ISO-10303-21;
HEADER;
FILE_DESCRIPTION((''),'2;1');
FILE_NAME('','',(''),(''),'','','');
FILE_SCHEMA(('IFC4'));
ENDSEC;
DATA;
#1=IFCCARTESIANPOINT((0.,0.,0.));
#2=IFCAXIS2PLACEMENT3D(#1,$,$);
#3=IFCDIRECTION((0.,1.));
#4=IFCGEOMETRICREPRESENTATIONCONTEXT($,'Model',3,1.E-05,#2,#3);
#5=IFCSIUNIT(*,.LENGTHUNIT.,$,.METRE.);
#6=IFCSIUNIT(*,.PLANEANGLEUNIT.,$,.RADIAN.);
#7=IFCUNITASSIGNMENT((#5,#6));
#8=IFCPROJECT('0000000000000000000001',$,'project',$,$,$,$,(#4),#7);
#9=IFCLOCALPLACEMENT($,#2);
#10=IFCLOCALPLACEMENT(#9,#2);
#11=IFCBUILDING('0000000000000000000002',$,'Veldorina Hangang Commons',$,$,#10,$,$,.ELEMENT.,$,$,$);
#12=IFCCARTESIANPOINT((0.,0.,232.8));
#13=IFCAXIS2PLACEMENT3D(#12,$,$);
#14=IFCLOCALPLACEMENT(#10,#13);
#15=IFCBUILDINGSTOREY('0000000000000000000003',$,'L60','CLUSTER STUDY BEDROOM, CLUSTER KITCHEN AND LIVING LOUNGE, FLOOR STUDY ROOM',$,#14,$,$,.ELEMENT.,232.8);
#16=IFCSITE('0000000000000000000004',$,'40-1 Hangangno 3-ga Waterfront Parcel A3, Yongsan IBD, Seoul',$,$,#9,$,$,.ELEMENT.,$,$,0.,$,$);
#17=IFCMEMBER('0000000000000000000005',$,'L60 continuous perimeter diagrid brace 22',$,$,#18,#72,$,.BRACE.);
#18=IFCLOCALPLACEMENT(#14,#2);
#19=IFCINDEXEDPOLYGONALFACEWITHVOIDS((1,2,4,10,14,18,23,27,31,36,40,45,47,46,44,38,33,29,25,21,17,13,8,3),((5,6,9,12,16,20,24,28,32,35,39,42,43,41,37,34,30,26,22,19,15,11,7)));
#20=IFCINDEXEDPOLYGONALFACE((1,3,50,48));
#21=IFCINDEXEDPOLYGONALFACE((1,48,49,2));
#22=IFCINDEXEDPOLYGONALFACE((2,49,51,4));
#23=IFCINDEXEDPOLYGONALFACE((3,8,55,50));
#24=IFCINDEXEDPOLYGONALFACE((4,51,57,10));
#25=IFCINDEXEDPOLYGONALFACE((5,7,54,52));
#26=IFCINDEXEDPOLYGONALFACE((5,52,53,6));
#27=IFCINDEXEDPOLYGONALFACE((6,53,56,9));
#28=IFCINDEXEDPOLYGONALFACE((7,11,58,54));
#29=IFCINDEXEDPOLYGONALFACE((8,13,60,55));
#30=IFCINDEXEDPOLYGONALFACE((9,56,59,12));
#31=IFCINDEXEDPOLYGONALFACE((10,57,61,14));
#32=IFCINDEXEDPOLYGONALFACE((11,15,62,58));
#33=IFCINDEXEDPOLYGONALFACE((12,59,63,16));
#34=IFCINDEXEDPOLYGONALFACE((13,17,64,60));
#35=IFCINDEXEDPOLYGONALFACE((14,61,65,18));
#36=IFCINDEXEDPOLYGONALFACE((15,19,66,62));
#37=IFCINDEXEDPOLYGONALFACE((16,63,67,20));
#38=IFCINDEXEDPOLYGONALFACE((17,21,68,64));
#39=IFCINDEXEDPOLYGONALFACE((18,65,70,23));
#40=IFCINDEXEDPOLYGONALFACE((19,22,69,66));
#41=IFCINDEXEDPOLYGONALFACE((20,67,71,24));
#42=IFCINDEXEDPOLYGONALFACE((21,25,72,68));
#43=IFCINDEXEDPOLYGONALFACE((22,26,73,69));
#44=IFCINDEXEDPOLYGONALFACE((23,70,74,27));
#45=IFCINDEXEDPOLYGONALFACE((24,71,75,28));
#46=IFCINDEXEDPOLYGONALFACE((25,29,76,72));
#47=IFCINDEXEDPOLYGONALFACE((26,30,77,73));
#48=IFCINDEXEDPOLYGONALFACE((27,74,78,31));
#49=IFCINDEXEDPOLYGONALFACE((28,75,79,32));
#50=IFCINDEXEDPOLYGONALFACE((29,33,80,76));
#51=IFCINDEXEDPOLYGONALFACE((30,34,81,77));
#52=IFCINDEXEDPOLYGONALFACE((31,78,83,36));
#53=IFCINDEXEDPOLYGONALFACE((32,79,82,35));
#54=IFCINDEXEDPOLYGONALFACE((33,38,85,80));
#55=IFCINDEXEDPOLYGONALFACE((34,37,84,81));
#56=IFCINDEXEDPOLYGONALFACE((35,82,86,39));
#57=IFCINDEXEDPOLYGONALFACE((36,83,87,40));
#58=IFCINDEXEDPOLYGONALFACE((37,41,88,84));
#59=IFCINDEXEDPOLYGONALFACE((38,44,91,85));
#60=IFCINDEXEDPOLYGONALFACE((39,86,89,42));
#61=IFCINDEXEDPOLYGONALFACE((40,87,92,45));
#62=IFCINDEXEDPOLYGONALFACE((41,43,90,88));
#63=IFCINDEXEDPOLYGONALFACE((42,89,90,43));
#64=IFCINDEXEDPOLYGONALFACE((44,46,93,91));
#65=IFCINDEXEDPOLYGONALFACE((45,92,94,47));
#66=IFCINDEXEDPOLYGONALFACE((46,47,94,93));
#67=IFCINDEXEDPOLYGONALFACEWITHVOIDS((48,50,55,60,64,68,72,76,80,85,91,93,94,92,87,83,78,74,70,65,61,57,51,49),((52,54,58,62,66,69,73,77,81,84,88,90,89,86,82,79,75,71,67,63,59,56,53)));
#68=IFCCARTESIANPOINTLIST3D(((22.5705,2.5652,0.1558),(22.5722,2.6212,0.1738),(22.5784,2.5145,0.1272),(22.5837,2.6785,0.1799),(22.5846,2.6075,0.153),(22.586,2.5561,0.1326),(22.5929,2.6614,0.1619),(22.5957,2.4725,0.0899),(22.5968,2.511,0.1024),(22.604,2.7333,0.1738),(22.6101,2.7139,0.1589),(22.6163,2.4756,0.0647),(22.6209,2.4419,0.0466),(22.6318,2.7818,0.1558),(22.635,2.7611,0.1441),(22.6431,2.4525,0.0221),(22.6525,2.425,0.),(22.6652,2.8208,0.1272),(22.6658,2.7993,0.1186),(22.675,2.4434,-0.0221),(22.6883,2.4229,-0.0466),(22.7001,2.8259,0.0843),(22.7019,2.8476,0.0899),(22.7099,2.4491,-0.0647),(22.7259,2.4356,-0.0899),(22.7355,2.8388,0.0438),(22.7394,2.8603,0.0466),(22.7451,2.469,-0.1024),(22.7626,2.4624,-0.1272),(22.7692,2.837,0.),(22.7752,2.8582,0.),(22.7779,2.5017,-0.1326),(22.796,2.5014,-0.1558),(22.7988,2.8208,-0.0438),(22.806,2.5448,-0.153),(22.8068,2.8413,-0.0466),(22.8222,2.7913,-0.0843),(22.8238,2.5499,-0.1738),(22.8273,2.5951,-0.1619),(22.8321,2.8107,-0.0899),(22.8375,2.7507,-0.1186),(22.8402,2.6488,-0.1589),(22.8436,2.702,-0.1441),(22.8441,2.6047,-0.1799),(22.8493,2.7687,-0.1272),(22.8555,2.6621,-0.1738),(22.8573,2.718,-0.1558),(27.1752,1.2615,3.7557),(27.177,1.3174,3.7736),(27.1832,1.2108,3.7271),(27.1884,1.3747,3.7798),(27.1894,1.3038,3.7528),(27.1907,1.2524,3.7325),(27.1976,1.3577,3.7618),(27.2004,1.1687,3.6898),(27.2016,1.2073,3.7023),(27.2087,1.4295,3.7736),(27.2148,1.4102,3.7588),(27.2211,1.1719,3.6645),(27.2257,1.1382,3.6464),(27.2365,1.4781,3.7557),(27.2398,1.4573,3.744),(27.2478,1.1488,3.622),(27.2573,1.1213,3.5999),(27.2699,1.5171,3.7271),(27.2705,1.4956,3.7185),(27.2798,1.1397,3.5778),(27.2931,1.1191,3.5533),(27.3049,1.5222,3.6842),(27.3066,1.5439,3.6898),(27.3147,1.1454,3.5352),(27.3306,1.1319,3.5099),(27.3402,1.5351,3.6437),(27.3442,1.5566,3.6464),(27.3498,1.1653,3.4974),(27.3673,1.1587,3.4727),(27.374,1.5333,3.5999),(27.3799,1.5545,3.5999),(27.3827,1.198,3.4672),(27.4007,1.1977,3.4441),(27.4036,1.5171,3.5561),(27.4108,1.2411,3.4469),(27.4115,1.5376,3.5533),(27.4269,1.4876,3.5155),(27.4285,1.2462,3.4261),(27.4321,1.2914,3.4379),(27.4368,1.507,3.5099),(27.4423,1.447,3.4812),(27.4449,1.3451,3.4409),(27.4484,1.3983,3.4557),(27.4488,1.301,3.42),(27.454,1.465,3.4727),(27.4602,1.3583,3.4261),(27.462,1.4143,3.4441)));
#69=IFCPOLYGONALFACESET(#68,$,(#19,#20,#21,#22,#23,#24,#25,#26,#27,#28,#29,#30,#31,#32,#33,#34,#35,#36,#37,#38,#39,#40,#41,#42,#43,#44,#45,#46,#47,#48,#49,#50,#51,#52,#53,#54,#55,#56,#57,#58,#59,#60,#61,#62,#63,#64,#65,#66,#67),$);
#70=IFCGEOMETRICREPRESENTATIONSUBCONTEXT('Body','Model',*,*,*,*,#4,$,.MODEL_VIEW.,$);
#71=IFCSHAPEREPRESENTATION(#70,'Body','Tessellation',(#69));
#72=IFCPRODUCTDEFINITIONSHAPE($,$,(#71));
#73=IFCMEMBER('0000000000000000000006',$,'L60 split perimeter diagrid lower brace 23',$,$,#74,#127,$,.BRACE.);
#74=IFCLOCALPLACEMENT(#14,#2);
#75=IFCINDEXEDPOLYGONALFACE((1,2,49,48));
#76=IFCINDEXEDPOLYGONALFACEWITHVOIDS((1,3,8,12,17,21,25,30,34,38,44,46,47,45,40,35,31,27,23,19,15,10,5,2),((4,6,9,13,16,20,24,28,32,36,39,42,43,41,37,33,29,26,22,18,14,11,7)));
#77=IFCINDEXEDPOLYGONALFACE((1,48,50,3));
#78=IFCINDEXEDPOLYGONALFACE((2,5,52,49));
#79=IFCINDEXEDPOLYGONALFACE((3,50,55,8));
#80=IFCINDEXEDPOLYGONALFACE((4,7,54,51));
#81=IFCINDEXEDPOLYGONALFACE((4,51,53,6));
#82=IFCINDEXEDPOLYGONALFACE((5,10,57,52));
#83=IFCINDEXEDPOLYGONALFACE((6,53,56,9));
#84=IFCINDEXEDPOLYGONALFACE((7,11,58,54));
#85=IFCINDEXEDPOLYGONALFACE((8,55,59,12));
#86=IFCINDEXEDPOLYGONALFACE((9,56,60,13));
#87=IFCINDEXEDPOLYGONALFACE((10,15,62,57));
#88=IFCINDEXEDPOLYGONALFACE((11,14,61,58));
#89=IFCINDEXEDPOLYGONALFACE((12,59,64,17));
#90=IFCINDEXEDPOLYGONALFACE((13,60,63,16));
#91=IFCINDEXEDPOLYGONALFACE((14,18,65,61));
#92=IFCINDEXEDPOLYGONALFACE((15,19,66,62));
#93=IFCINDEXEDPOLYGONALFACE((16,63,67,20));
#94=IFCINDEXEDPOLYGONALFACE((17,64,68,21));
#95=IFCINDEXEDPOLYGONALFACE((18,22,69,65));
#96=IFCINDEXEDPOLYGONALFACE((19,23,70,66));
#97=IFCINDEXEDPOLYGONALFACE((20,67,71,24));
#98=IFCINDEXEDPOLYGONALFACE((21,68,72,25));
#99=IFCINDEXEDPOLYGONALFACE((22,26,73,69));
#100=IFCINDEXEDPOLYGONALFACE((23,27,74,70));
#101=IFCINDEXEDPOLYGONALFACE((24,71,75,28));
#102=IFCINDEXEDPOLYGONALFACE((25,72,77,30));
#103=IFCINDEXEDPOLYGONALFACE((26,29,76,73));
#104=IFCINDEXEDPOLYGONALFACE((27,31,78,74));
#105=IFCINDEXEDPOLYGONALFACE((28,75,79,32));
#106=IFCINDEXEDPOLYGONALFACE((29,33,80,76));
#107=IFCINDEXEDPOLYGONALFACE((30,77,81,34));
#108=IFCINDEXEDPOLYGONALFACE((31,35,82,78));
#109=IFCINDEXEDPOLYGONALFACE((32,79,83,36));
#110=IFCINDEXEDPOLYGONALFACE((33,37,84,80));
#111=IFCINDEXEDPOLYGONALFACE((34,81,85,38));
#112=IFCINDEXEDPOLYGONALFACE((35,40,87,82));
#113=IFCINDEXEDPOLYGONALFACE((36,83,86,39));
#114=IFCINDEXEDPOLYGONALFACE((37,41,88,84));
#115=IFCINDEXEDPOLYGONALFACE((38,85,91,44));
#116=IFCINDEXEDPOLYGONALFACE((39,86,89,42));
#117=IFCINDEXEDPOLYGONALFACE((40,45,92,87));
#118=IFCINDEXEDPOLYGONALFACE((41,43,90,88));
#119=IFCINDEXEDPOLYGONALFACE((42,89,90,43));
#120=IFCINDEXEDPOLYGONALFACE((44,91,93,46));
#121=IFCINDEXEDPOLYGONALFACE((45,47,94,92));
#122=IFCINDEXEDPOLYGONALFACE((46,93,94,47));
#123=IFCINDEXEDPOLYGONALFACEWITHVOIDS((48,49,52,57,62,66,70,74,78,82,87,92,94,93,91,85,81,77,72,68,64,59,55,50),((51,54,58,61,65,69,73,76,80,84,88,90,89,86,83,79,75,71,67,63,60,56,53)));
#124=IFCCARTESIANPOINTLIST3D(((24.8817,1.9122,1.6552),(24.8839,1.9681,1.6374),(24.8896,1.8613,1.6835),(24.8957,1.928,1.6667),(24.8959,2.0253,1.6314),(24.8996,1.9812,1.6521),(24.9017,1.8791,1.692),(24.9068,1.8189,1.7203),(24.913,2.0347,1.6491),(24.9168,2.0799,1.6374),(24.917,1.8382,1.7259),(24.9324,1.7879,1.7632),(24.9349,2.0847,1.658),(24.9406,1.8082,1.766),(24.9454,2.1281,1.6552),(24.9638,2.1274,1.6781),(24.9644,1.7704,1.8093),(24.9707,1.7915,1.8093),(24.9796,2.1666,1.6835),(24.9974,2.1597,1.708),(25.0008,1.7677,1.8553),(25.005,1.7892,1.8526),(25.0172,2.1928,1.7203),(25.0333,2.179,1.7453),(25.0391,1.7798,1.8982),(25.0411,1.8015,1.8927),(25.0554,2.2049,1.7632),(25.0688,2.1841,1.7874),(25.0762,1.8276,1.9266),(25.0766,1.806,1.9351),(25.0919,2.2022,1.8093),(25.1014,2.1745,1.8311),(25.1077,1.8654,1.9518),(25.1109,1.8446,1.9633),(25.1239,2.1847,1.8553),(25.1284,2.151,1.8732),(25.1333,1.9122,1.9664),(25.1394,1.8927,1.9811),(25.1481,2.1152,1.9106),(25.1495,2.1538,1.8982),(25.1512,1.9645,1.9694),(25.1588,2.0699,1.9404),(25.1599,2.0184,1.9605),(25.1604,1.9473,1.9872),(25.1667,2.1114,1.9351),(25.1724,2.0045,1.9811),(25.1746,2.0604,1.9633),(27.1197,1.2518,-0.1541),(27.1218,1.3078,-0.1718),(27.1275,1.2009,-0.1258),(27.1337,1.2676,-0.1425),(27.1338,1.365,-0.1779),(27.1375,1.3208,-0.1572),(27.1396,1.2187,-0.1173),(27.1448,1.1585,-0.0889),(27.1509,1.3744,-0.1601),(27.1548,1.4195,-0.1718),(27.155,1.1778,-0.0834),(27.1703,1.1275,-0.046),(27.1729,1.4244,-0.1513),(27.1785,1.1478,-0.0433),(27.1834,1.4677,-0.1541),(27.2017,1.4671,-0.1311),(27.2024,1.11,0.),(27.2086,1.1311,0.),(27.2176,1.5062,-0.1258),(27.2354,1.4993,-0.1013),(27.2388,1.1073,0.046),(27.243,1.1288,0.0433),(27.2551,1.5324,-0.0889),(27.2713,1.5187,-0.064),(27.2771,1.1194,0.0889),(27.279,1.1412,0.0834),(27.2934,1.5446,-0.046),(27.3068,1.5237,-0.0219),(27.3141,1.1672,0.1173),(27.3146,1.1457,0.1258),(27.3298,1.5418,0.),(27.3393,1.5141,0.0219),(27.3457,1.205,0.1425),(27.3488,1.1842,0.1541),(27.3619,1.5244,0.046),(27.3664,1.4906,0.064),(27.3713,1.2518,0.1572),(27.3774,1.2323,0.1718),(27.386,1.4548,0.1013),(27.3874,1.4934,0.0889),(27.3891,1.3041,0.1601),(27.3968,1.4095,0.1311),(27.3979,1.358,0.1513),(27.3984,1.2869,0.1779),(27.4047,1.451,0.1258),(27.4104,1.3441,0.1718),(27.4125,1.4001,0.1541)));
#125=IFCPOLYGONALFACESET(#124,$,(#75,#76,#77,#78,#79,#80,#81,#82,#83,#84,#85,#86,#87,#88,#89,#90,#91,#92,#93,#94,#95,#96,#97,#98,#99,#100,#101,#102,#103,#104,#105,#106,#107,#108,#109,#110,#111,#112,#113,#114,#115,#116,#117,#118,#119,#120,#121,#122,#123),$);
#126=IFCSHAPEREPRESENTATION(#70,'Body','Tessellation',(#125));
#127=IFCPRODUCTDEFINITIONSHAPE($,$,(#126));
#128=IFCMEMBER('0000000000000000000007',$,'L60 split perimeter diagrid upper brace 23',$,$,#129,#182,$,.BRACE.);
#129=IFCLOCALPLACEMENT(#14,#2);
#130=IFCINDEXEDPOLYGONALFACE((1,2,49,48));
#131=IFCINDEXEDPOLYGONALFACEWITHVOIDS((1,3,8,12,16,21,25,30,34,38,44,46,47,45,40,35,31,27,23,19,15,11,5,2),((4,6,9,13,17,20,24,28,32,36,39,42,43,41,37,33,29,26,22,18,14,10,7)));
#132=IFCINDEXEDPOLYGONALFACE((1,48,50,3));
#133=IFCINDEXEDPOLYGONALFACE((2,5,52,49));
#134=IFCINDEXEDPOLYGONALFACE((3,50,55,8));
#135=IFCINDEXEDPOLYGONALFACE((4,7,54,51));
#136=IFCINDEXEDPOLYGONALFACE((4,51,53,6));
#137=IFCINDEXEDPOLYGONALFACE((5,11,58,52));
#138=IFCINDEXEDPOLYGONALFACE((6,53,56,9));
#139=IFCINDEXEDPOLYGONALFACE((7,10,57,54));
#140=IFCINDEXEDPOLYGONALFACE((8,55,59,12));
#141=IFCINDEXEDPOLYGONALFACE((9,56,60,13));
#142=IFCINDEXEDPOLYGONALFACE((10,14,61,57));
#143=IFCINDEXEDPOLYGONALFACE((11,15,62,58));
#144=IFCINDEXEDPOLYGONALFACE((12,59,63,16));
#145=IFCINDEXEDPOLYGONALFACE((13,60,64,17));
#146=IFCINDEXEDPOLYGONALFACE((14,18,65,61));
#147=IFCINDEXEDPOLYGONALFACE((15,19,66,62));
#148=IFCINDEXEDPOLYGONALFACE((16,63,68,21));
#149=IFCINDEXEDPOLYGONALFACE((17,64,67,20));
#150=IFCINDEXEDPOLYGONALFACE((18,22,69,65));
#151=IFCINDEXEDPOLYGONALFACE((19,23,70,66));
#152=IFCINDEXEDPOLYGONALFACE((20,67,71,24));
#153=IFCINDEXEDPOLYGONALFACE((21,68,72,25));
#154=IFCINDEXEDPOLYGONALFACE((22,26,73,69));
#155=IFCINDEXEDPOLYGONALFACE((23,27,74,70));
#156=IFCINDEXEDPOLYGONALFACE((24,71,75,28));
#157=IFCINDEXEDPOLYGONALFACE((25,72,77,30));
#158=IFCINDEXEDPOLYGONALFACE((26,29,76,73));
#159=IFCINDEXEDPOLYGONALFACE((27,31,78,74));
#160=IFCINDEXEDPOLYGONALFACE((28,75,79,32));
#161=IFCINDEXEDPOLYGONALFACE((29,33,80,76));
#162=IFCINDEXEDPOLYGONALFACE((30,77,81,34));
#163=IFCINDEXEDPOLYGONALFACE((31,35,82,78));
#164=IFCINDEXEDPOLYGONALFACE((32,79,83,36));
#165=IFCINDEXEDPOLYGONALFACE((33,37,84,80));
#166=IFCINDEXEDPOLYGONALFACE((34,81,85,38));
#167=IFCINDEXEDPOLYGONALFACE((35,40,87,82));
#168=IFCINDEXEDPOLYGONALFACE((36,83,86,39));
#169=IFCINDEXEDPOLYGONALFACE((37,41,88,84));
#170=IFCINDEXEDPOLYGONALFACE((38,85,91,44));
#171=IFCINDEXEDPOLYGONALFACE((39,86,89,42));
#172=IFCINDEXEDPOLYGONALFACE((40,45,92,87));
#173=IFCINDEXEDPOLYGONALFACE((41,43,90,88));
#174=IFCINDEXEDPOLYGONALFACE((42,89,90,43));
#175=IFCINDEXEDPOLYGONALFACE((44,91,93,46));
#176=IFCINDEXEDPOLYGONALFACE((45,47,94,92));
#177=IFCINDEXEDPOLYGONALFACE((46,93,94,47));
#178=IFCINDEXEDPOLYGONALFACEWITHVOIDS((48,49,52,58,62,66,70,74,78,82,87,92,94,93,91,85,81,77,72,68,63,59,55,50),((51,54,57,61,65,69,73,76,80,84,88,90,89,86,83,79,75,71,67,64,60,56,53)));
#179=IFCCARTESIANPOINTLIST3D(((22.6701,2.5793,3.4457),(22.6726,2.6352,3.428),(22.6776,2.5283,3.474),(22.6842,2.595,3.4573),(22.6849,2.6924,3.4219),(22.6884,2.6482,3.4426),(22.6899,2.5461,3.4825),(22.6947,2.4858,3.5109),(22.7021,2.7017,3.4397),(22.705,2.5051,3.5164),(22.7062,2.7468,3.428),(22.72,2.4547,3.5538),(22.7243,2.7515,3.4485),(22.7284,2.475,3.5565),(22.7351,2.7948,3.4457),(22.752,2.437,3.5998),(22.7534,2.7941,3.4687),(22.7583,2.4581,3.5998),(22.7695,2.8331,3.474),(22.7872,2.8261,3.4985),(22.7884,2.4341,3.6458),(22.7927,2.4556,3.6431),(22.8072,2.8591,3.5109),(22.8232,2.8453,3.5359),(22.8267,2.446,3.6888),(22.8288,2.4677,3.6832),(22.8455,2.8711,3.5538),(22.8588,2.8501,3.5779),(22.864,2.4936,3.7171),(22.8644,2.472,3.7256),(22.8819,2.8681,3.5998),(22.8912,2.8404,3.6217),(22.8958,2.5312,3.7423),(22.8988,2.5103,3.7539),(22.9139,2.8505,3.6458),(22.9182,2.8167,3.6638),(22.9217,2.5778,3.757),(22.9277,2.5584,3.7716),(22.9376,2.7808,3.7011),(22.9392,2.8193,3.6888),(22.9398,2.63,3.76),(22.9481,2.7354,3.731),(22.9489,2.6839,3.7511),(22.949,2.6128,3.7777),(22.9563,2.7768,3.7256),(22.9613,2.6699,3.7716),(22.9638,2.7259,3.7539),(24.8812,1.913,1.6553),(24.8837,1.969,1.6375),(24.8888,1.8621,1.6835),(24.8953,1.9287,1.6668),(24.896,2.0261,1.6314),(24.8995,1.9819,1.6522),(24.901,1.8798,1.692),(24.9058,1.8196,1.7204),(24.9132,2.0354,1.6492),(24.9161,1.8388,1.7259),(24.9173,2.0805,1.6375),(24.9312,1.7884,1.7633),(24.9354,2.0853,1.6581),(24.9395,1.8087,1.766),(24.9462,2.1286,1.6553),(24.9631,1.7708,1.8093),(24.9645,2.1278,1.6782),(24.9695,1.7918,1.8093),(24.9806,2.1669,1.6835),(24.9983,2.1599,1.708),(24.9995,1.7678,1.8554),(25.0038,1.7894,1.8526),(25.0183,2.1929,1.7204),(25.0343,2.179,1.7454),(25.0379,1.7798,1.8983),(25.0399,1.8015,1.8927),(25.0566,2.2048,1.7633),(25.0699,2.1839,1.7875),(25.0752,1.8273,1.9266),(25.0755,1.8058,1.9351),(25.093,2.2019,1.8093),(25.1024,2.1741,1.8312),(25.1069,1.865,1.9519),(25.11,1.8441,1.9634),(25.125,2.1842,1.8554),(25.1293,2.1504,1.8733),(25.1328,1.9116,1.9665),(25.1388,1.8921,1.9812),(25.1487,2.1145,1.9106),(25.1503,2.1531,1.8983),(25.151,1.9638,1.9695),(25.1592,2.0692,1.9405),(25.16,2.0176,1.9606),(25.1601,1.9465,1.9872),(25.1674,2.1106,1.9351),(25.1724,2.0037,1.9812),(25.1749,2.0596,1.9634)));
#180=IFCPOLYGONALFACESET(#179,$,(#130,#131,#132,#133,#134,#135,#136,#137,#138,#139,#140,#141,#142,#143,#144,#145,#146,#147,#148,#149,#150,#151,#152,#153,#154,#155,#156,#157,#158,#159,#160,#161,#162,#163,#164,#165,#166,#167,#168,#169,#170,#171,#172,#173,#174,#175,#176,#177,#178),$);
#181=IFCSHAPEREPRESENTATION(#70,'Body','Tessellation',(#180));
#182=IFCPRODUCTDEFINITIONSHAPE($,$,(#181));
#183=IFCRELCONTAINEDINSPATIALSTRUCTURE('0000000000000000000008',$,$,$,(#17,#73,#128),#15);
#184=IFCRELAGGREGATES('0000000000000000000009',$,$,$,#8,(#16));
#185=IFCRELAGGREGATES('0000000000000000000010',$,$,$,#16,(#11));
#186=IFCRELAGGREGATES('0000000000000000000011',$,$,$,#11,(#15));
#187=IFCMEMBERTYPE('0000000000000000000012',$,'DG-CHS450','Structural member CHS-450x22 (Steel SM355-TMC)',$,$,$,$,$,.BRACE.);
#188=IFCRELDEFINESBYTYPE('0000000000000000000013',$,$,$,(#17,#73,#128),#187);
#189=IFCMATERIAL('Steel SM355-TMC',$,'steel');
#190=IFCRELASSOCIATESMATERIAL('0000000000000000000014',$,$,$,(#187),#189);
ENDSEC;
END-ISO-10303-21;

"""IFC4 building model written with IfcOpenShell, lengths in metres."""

from ifc_helpers import new_model, si_unit, direction, frame, origin, origin_2d, place, context, subcontext, project, spatial, hollow_circle, extrude, material, material_profile, profile_set, type_object, element, save


model = new_model("IFC4")

# Units and contexts
model_context = context("Model", 3, precision=1e-05, world=origin(), true_north=direction((0.0, 1.0)))
body_context = subcontext(model_context, "Body", "Model", "MODEL_VIEW")
ifc_project = project(units=[si_unit("LENGTHUNIT", "METRE"), si_unit("PLANEANGLEUNIT", "RADIAN")], contexts=[model_context])

# Site, building, storey
site_placement = place(None, origin())
site = spatial("IfcSite", under=ifc_project, at=site_placement, Name="40-1 Hangangno 3-ga Waterfront Parcel A3, Yongsan IBD, Seoul", CompositionType="ELEMENT", RefElevation=0.0)
building_placement = place(site_placement, origin())
building = spatial("IfcBuilding", under=site, at=building_placement, Name="Veldorina Hangang Commons", CompositionType="ELEMENT")
storey_placement = place(building_placement, frame((0.0, 0.0, 232.8)))
storey = spatial("IfcBuildingStorey", under=building, at=storey_placement, Name="L60", Description="CLUSTER STUDY BEDROOM, CLUSTER KITCHEN AND LIVING LOUNGE, FLOOR STUDY ROOM", CompositionType="ELEMENT", Elevation=232.8)

# Shared definitions
ifc_material_1 = material(Name="Steel SM355-TMC", Category="steel")

# Members
ifc_material_profile_1 = material_profile(ifc_material_1, hollow_circle(Radius=0.2251, WallThickness=0.022, at=origin_2d()), Name="CHS-450x22")
ifc_profile_set_1 = profile_set([ifc_material_profile_1], Name="Steel SM355-TMC")
member_type_1 = type_object("IfcMemberType", Name="DG-CHS450", Description="Structural member CHS-450x22 (Steel SM355-TMC)", PredefinedType="BRACE", material=ifc_profile_set_1)
member_1_placement = place(storey_placement, frame((22.7139, 2.6416, 0.0), z_axis=(0.768929, -0.217702, 0.601127), x_axis=(0.272416, 0.96218, 0.0)))
element("IfcMember", 1, at=member_1_placement, inside=storey, type_object=member_type_1, Name="L60 continuous perimeter diagrid brace 22", PredefinedType="BRACE", context=body_context, shape_type="SweptSolid", body=[
    extrude(hollow_circle(Radius=0.2251, WallThickness=0.022, at=origin_2d()), origin(), (0.0, 0.0, 1.0), 5.9885),
])
member_2_placement = place(storey_placement, frame((27.2661, 1.3259, 0.0), z_axis=(-0.757956, 0.223658, 0.612764), x_axis=(-0.283016, -0.959115, 0.0)))
element("IfcMember", 2, at=member_2_placement, inside=storey, type_object=member_type_1, Name="L60 split perimeter diagrid lower brace 23", PredefinedType="BRACE", context=body_context, shape_type="SweptSolid", body=[
    extrude(hollow_circle(Radius=0.2251, WallThickness=0.022, at=origin_2d()), origin(), (0.0, 0.0, 1.0), 2.9526),
])
member_3_placement = place(storey_placement, frame((25.0281, 1.9863, 1.8093), z_axis=(-0.756686, 0.228, 0.612734), x_axis=(-0.288502, -0.957479, 0.0)))
element("IfcMember", 3, at=member_3_placement, inside=storey, type_object=member_type_1, Name="L60 split perimeter diagrid upper brace 23", PredefinedType="BRACE", context=body_context, shape_type="SweptSolid", body=[
    extrude(hollow_circle(Radius=0.2251, WallThickness=0.022, at=origin_2d()), origin(), (0.0, 0.0, 1.0), 2.9221),
])

save(model, "model.ifc")
